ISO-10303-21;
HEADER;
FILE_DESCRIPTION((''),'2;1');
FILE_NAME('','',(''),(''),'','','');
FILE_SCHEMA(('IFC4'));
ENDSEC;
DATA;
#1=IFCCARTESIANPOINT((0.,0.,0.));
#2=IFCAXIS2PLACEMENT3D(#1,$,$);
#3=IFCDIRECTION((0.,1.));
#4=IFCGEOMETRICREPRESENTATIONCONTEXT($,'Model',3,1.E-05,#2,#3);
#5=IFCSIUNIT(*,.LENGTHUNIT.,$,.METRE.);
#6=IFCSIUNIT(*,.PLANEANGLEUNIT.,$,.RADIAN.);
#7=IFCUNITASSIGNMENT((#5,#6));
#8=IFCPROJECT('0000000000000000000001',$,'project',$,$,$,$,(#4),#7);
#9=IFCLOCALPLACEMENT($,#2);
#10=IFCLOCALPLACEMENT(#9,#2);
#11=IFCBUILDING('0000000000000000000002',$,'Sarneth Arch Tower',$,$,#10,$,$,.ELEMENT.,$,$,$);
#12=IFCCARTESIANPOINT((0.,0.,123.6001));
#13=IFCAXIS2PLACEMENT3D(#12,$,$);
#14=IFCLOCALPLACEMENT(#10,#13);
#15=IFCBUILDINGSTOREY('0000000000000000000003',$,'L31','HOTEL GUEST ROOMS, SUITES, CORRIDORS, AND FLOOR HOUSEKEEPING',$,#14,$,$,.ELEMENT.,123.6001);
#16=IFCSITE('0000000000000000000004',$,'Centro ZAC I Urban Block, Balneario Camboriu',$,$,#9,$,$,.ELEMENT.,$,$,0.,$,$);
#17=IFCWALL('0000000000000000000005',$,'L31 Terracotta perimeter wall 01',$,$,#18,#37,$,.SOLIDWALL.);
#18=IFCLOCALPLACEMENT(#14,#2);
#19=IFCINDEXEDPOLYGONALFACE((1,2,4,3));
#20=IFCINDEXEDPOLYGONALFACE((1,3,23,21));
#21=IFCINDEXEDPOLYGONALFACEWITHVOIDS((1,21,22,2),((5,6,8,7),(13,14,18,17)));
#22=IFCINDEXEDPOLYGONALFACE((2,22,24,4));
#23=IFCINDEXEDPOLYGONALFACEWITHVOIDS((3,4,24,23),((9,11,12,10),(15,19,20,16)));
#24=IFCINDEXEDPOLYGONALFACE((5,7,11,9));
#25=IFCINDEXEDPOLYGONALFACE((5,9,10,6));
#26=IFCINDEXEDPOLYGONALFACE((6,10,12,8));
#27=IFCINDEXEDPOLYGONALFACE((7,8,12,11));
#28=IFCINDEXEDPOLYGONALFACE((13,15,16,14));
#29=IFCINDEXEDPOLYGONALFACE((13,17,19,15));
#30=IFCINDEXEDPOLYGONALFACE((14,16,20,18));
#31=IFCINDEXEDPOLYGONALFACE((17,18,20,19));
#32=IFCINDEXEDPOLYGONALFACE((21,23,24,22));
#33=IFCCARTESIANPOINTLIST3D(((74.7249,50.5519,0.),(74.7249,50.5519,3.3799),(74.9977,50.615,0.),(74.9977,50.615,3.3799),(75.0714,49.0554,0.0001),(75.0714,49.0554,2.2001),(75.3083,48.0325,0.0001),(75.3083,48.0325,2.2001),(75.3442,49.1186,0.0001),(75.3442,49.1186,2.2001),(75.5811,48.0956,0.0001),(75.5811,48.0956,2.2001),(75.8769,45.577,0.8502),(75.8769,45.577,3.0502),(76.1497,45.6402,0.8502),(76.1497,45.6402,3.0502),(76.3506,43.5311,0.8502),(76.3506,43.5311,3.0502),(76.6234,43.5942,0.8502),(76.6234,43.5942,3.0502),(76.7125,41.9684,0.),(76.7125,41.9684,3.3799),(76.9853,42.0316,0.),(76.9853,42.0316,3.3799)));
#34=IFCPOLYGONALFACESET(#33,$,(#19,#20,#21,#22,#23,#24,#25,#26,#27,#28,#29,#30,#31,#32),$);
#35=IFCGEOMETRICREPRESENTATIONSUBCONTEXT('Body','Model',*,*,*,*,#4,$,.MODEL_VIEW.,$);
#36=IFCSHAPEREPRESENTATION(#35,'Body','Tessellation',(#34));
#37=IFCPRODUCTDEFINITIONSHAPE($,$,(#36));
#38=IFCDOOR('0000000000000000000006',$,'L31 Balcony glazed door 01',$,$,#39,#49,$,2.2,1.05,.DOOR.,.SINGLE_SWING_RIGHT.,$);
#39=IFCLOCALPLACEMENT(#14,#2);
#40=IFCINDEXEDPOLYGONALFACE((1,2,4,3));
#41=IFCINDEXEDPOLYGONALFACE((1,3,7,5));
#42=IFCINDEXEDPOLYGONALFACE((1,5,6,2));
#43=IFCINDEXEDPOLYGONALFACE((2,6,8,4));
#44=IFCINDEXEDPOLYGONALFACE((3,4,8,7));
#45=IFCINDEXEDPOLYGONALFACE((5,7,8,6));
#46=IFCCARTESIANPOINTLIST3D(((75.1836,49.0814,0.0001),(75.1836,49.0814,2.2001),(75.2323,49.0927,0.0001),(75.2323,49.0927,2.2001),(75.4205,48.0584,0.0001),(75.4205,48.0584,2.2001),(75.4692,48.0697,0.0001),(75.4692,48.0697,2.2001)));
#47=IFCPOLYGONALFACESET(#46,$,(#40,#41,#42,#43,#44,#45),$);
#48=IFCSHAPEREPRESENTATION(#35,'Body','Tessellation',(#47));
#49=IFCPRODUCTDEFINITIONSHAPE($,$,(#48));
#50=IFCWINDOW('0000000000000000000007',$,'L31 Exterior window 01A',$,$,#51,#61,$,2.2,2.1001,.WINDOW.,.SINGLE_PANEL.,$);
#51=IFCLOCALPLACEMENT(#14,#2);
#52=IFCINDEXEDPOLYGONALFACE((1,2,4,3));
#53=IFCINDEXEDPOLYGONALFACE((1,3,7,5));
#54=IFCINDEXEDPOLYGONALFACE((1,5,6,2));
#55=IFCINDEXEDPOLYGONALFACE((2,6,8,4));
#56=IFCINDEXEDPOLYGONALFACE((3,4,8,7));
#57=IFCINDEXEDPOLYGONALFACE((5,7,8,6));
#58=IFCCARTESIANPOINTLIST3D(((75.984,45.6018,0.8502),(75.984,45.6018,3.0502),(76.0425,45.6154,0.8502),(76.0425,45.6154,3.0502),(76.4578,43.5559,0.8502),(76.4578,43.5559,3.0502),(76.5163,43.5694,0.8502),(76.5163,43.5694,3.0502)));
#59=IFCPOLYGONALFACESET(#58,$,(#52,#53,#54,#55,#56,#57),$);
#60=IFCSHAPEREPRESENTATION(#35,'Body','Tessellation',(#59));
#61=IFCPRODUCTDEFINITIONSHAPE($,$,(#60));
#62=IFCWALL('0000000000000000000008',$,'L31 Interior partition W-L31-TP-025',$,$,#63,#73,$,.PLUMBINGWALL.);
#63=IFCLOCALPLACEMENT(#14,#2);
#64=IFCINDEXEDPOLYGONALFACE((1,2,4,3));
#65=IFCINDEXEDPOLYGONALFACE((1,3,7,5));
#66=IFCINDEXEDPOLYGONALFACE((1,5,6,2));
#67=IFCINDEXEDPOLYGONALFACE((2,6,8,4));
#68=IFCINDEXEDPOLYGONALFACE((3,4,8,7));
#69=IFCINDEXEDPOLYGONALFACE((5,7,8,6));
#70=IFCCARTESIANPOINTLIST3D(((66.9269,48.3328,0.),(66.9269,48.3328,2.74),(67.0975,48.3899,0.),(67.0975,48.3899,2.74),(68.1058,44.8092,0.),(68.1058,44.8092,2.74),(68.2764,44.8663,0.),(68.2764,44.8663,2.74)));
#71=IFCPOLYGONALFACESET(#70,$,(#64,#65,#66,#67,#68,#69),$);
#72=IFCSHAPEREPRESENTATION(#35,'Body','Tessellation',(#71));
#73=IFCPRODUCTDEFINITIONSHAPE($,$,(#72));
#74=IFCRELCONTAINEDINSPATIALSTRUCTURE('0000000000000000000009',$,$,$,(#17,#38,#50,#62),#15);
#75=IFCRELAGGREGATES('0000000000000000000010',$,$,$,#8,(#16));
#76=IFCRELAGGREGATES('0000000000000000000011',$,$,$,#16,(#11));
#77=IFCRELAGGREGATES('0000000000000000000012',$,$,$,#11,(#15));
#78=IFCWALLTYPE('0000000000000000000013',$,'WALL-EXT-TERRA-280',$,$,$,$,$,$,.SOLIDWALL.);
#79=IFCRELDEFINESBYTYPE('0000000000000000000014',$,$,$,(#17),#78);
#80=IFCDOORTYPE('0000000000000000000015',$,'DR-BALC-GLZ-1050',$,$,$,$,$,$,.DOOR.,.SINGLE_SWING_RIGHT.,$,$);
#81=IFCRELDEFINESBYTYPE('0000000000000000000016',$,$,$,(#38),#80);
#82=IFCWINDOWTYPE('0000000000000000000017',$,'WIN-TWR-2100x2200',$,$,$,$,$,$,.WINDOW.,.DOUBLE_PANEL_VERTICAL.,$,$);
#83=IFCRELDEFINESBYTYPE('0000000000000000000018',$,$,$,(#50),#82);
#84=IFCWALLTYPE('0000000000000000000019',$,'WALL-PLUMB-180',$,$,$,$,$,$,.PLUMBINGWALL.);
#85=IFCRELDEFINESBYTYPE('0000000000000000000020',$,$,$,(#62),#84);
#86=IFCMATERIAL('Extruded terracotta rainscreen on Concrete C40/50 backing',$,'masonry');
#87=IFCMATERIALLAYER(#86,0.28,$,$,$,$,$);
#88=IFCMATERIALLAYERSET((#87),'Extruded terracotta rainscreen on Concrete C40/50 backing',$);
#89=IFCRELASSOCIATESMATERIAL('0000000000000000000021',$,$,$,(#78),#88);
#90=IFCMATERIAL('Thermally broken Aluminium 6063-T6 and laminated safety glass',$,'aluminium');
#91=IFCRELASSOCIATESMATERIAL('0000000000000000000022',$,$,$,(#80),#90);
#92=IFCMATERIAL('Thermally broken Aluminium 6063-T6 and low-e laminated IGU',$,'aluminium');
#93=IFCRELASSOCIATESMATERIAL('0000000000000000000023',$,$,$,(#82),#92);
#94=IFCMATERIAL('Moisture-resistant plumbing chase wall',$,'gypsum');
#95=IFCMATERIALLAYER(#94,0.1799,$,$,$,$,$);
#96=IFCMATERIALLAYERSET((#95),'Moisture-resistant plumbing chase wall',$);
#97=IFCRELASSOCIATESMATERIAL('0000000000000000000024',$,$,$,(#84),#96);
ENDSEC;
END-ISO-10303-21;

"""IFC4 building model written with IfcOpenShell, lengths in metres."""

from ifc_helpers import new_model, si_unit, direction, frame, frame_2d, origin, place, context, subcontext, project, spatial, rectangle, extrude, material, layer, layer_set, type_object, element, fill, save


model = new_model("IFC4")

# Units and contexts
model_context = context("Model", 3, precision=1e-05, world=origin(), true_north=direction((0.0, 1.0)))
body_context = subcontext(model_context, "Body", "Model", "MODEL_VIEW")
ifc_project = project(units=[si_unit("LENGTHUNIT", "METRE"), si_unit("PLANEANGLEUNIT", "RADIAN")], contexts=[model_context])

# Site, building, storey
site_placement = place(None, origin())
site = spatial("IfcSite", under=ifc_project, at=site_placement, Name="Centro ZAC I Urban Block, Balneario Camboriu", CompositionType="ELEMENT", RefElevation=0.0)
building_placement = place(site_placement, origin())
building = spatial("IfcBuilding", under=site, at=building_placement, Name="Sarneth Arch Tower", CompositionType="ELEMENT")
storey_placement = place(building_placement, frame((0.0, 0.0, 123.6001)))
storey = spatial("IfcBuildingStorey", under=building, at=storey_placement, Name="L31", Description="HOTEL GUEST ROOMS, SUITES, CORRIDORS, AND FLOOR HOUSEKEEPING", CompositionType="ELEMENT", Elevation=123.6001)

# Wall, openings, door, window
ifc_material_1 = material(Name="Extruded terracotta rainscreen on Concrete C40/50 backing", Category="masonry")
ifc_layer_1 = layer(ifc_material_1, 0.28)
ifc_layer_set_1 = layer_set([ifc_layer_1], Name="Extruded terracotta rainscreen on Concrete C40/50 backing")
wall_type_1 = type_object("IfcWallType", Name="WALL-EXT-TERRA-280", PredefinedType="SOLIDWALL", material=ifc_layer_set_1)
wall_1_placement = place(storey_placement, frame((76.8489, 42.0, 0.0), z_axis=(0.0, 0.0, 1.0), x_axis=(-0.225586, 0.974223, 0.0)))
wall_1 = element("IfcWall", 1, at=wall_1_placement, inside=storey, type_object=wall_type_1, Name="L31 Terracotta perimeter wall 01", PredefinedType="SOLIDWALL", context=body_context, shape_type="SweptSolid", body=[
    extrude(rectangle(XDim=8.8105, YDim=0.28, at=frame_2d((4.4053, 0.0))), origin(), (0.0, 0.0, 1.0), 3.3799),
])
opening_1_placement = place(wall_1_placement, frame((1.604, 0.0, 0.8501)))
opening_1 = element("IfcOpeningElement", 2, at=opening_1_placement, cuts=wall_1, PredefinedType="OPENING", context=body_context, shape_type="SweptSolid", body=[
    extrude(rectangle(XDim=2.1001, YDim=2.2, at=frame_2d((1.05, 1.1001))), frame((0.0, 0.1499, 0.0), z_axis=(0.0, -1.0, 0.0), x_axis=(1.0, 0.0, 0.0)), (0.0, 0.0, 1.0), 0.3),
])
opening_2_placement = place(wall_1_placement, frame((6.2246, 0.0, 0.0)))
opening_2 = element("IfcOpeningElement", 3, at=opening_2_placement, cuts=wall_1, PredefinedType="OPENING", context=body_context, shape_type="SweptSolid", body=[
    extrude(rectangle(XDim=1.05, YDim=2.2, at=frame_2d((0.5249, 1.1001))), frame((0.0, 0.1499, 0.0), z_axis=(0.0, -1.0, 0.0), x_axis=(1.0, 0.0, 0.0)), (0.0, 0.0, 1.0), 0.3),
])
ifc_material_2 = material(Name="Thermally broken Aluminium 6063-T6 and laminated safety glass", Category="aluminium")
door_type = type_object("IfcDoorType", Name="DR-BALC-GLZ-1050", OperationType="SINGLE_SWING_RIGHT", PredefinedType="DOOR", material=ifc_material_2)
door_placement = place(opening_2_placement, origin())
door = element("IfcDoor", 4, at=door_placement, inside=storey, type_object=door_type, Name="L31 Balcony glazed door 01", OperationType="SINGLE_SWING_RIGHT", OverallHeight=2.2, OverallWidth=1.05, PredefinedType="DOOR", context=body_context, shape_type="SweptSolid", body=[
    extrude(rectangle(XDim=1.05, YDim=2.2, at=frame_2d((0.5249, 1.1001))), frame((0.0, 0.0249, 0.0), z_axis=(0.0, -1.0, 0.0), x_axis=(1.0, 0.0, 0.0)), (0.0, 0.0, 1.0), 0.05),
])
fill(opening_2, door)
ifc_material_3 = material(Name="Thermally broken Aluminium 6063-T6 and low-e laminated IGU", Category="aluminium")
window_type = type_object("IfcWindowType", Name="WIN-TWR-2100x2200", PartitioningType="DOUBLE_PANEL_VERTICAL", PredefinedType="WINDOW", material=ifc_material_3)
window_placement = place(opening_1_placement, origin())
window = element("IfcWindow", 5, at=window_placement, inside=storey, type_object=window_type, Name="L31 Exterior window 01A", OverallHeight=2.2, OverallWidth=2.1001, PartitioningType="SINGLE_PANEL", PredefinedType="WINDOW", context=body_context, shape_type="SweptSolid", body=[
    extrude(rectangle(XDim=2.1001, YDim=2.2, at=frame_2d((1.05, 1.1001))), frame((0.0, 0.03, 0.0), z_axis=(0.0, -1.0, 0.0), x_axis=(1.0, 0.0, 0.0)), (0.0, 0.0, 1.0), 0.0601),
])
fill(opening_1, window)

# Wall
ifc_material_4 = material(Name="Moisture-resistant plumbing chase wall", Category="gypsum")
ifc_layer_2 = layer(ifc_material_4, 0.1799)
ifc_layer_set_2 = layer_set([ifc_layer_2], Name="Moisture-resistant plumbing chase wall")
wall_type_2 = type_object("IfcWallType", Name="WALL-PLUMB-180", PredefinedType="PLUMBINGWALL", material=ifc_layer_set_2)
wall_2_placement = place(storey_placement, frame((68.1912, 44.8376, 0.0), z_axis=(0.0, 0.0, 1.0), x_axis=(-0.317292, 0.948328, 0.0)))
element("IfcWall", 6, at=wall_2_placement, inside=storey, type_object=wall_type_2, Name="L31 Interior partition W-L31-TP-025", PredefinedType="PLUMBINGWALL", context=body_context, shape_type="SweptSolid", body=[
    extrude(rectangle(XDim=3.7156, YDim=0.1799, at=frame_2d((1.8579, 0.0))), origin(), (0.0, 0.0, 1.0), 2.74),
])

save(model, "model.ifc")
